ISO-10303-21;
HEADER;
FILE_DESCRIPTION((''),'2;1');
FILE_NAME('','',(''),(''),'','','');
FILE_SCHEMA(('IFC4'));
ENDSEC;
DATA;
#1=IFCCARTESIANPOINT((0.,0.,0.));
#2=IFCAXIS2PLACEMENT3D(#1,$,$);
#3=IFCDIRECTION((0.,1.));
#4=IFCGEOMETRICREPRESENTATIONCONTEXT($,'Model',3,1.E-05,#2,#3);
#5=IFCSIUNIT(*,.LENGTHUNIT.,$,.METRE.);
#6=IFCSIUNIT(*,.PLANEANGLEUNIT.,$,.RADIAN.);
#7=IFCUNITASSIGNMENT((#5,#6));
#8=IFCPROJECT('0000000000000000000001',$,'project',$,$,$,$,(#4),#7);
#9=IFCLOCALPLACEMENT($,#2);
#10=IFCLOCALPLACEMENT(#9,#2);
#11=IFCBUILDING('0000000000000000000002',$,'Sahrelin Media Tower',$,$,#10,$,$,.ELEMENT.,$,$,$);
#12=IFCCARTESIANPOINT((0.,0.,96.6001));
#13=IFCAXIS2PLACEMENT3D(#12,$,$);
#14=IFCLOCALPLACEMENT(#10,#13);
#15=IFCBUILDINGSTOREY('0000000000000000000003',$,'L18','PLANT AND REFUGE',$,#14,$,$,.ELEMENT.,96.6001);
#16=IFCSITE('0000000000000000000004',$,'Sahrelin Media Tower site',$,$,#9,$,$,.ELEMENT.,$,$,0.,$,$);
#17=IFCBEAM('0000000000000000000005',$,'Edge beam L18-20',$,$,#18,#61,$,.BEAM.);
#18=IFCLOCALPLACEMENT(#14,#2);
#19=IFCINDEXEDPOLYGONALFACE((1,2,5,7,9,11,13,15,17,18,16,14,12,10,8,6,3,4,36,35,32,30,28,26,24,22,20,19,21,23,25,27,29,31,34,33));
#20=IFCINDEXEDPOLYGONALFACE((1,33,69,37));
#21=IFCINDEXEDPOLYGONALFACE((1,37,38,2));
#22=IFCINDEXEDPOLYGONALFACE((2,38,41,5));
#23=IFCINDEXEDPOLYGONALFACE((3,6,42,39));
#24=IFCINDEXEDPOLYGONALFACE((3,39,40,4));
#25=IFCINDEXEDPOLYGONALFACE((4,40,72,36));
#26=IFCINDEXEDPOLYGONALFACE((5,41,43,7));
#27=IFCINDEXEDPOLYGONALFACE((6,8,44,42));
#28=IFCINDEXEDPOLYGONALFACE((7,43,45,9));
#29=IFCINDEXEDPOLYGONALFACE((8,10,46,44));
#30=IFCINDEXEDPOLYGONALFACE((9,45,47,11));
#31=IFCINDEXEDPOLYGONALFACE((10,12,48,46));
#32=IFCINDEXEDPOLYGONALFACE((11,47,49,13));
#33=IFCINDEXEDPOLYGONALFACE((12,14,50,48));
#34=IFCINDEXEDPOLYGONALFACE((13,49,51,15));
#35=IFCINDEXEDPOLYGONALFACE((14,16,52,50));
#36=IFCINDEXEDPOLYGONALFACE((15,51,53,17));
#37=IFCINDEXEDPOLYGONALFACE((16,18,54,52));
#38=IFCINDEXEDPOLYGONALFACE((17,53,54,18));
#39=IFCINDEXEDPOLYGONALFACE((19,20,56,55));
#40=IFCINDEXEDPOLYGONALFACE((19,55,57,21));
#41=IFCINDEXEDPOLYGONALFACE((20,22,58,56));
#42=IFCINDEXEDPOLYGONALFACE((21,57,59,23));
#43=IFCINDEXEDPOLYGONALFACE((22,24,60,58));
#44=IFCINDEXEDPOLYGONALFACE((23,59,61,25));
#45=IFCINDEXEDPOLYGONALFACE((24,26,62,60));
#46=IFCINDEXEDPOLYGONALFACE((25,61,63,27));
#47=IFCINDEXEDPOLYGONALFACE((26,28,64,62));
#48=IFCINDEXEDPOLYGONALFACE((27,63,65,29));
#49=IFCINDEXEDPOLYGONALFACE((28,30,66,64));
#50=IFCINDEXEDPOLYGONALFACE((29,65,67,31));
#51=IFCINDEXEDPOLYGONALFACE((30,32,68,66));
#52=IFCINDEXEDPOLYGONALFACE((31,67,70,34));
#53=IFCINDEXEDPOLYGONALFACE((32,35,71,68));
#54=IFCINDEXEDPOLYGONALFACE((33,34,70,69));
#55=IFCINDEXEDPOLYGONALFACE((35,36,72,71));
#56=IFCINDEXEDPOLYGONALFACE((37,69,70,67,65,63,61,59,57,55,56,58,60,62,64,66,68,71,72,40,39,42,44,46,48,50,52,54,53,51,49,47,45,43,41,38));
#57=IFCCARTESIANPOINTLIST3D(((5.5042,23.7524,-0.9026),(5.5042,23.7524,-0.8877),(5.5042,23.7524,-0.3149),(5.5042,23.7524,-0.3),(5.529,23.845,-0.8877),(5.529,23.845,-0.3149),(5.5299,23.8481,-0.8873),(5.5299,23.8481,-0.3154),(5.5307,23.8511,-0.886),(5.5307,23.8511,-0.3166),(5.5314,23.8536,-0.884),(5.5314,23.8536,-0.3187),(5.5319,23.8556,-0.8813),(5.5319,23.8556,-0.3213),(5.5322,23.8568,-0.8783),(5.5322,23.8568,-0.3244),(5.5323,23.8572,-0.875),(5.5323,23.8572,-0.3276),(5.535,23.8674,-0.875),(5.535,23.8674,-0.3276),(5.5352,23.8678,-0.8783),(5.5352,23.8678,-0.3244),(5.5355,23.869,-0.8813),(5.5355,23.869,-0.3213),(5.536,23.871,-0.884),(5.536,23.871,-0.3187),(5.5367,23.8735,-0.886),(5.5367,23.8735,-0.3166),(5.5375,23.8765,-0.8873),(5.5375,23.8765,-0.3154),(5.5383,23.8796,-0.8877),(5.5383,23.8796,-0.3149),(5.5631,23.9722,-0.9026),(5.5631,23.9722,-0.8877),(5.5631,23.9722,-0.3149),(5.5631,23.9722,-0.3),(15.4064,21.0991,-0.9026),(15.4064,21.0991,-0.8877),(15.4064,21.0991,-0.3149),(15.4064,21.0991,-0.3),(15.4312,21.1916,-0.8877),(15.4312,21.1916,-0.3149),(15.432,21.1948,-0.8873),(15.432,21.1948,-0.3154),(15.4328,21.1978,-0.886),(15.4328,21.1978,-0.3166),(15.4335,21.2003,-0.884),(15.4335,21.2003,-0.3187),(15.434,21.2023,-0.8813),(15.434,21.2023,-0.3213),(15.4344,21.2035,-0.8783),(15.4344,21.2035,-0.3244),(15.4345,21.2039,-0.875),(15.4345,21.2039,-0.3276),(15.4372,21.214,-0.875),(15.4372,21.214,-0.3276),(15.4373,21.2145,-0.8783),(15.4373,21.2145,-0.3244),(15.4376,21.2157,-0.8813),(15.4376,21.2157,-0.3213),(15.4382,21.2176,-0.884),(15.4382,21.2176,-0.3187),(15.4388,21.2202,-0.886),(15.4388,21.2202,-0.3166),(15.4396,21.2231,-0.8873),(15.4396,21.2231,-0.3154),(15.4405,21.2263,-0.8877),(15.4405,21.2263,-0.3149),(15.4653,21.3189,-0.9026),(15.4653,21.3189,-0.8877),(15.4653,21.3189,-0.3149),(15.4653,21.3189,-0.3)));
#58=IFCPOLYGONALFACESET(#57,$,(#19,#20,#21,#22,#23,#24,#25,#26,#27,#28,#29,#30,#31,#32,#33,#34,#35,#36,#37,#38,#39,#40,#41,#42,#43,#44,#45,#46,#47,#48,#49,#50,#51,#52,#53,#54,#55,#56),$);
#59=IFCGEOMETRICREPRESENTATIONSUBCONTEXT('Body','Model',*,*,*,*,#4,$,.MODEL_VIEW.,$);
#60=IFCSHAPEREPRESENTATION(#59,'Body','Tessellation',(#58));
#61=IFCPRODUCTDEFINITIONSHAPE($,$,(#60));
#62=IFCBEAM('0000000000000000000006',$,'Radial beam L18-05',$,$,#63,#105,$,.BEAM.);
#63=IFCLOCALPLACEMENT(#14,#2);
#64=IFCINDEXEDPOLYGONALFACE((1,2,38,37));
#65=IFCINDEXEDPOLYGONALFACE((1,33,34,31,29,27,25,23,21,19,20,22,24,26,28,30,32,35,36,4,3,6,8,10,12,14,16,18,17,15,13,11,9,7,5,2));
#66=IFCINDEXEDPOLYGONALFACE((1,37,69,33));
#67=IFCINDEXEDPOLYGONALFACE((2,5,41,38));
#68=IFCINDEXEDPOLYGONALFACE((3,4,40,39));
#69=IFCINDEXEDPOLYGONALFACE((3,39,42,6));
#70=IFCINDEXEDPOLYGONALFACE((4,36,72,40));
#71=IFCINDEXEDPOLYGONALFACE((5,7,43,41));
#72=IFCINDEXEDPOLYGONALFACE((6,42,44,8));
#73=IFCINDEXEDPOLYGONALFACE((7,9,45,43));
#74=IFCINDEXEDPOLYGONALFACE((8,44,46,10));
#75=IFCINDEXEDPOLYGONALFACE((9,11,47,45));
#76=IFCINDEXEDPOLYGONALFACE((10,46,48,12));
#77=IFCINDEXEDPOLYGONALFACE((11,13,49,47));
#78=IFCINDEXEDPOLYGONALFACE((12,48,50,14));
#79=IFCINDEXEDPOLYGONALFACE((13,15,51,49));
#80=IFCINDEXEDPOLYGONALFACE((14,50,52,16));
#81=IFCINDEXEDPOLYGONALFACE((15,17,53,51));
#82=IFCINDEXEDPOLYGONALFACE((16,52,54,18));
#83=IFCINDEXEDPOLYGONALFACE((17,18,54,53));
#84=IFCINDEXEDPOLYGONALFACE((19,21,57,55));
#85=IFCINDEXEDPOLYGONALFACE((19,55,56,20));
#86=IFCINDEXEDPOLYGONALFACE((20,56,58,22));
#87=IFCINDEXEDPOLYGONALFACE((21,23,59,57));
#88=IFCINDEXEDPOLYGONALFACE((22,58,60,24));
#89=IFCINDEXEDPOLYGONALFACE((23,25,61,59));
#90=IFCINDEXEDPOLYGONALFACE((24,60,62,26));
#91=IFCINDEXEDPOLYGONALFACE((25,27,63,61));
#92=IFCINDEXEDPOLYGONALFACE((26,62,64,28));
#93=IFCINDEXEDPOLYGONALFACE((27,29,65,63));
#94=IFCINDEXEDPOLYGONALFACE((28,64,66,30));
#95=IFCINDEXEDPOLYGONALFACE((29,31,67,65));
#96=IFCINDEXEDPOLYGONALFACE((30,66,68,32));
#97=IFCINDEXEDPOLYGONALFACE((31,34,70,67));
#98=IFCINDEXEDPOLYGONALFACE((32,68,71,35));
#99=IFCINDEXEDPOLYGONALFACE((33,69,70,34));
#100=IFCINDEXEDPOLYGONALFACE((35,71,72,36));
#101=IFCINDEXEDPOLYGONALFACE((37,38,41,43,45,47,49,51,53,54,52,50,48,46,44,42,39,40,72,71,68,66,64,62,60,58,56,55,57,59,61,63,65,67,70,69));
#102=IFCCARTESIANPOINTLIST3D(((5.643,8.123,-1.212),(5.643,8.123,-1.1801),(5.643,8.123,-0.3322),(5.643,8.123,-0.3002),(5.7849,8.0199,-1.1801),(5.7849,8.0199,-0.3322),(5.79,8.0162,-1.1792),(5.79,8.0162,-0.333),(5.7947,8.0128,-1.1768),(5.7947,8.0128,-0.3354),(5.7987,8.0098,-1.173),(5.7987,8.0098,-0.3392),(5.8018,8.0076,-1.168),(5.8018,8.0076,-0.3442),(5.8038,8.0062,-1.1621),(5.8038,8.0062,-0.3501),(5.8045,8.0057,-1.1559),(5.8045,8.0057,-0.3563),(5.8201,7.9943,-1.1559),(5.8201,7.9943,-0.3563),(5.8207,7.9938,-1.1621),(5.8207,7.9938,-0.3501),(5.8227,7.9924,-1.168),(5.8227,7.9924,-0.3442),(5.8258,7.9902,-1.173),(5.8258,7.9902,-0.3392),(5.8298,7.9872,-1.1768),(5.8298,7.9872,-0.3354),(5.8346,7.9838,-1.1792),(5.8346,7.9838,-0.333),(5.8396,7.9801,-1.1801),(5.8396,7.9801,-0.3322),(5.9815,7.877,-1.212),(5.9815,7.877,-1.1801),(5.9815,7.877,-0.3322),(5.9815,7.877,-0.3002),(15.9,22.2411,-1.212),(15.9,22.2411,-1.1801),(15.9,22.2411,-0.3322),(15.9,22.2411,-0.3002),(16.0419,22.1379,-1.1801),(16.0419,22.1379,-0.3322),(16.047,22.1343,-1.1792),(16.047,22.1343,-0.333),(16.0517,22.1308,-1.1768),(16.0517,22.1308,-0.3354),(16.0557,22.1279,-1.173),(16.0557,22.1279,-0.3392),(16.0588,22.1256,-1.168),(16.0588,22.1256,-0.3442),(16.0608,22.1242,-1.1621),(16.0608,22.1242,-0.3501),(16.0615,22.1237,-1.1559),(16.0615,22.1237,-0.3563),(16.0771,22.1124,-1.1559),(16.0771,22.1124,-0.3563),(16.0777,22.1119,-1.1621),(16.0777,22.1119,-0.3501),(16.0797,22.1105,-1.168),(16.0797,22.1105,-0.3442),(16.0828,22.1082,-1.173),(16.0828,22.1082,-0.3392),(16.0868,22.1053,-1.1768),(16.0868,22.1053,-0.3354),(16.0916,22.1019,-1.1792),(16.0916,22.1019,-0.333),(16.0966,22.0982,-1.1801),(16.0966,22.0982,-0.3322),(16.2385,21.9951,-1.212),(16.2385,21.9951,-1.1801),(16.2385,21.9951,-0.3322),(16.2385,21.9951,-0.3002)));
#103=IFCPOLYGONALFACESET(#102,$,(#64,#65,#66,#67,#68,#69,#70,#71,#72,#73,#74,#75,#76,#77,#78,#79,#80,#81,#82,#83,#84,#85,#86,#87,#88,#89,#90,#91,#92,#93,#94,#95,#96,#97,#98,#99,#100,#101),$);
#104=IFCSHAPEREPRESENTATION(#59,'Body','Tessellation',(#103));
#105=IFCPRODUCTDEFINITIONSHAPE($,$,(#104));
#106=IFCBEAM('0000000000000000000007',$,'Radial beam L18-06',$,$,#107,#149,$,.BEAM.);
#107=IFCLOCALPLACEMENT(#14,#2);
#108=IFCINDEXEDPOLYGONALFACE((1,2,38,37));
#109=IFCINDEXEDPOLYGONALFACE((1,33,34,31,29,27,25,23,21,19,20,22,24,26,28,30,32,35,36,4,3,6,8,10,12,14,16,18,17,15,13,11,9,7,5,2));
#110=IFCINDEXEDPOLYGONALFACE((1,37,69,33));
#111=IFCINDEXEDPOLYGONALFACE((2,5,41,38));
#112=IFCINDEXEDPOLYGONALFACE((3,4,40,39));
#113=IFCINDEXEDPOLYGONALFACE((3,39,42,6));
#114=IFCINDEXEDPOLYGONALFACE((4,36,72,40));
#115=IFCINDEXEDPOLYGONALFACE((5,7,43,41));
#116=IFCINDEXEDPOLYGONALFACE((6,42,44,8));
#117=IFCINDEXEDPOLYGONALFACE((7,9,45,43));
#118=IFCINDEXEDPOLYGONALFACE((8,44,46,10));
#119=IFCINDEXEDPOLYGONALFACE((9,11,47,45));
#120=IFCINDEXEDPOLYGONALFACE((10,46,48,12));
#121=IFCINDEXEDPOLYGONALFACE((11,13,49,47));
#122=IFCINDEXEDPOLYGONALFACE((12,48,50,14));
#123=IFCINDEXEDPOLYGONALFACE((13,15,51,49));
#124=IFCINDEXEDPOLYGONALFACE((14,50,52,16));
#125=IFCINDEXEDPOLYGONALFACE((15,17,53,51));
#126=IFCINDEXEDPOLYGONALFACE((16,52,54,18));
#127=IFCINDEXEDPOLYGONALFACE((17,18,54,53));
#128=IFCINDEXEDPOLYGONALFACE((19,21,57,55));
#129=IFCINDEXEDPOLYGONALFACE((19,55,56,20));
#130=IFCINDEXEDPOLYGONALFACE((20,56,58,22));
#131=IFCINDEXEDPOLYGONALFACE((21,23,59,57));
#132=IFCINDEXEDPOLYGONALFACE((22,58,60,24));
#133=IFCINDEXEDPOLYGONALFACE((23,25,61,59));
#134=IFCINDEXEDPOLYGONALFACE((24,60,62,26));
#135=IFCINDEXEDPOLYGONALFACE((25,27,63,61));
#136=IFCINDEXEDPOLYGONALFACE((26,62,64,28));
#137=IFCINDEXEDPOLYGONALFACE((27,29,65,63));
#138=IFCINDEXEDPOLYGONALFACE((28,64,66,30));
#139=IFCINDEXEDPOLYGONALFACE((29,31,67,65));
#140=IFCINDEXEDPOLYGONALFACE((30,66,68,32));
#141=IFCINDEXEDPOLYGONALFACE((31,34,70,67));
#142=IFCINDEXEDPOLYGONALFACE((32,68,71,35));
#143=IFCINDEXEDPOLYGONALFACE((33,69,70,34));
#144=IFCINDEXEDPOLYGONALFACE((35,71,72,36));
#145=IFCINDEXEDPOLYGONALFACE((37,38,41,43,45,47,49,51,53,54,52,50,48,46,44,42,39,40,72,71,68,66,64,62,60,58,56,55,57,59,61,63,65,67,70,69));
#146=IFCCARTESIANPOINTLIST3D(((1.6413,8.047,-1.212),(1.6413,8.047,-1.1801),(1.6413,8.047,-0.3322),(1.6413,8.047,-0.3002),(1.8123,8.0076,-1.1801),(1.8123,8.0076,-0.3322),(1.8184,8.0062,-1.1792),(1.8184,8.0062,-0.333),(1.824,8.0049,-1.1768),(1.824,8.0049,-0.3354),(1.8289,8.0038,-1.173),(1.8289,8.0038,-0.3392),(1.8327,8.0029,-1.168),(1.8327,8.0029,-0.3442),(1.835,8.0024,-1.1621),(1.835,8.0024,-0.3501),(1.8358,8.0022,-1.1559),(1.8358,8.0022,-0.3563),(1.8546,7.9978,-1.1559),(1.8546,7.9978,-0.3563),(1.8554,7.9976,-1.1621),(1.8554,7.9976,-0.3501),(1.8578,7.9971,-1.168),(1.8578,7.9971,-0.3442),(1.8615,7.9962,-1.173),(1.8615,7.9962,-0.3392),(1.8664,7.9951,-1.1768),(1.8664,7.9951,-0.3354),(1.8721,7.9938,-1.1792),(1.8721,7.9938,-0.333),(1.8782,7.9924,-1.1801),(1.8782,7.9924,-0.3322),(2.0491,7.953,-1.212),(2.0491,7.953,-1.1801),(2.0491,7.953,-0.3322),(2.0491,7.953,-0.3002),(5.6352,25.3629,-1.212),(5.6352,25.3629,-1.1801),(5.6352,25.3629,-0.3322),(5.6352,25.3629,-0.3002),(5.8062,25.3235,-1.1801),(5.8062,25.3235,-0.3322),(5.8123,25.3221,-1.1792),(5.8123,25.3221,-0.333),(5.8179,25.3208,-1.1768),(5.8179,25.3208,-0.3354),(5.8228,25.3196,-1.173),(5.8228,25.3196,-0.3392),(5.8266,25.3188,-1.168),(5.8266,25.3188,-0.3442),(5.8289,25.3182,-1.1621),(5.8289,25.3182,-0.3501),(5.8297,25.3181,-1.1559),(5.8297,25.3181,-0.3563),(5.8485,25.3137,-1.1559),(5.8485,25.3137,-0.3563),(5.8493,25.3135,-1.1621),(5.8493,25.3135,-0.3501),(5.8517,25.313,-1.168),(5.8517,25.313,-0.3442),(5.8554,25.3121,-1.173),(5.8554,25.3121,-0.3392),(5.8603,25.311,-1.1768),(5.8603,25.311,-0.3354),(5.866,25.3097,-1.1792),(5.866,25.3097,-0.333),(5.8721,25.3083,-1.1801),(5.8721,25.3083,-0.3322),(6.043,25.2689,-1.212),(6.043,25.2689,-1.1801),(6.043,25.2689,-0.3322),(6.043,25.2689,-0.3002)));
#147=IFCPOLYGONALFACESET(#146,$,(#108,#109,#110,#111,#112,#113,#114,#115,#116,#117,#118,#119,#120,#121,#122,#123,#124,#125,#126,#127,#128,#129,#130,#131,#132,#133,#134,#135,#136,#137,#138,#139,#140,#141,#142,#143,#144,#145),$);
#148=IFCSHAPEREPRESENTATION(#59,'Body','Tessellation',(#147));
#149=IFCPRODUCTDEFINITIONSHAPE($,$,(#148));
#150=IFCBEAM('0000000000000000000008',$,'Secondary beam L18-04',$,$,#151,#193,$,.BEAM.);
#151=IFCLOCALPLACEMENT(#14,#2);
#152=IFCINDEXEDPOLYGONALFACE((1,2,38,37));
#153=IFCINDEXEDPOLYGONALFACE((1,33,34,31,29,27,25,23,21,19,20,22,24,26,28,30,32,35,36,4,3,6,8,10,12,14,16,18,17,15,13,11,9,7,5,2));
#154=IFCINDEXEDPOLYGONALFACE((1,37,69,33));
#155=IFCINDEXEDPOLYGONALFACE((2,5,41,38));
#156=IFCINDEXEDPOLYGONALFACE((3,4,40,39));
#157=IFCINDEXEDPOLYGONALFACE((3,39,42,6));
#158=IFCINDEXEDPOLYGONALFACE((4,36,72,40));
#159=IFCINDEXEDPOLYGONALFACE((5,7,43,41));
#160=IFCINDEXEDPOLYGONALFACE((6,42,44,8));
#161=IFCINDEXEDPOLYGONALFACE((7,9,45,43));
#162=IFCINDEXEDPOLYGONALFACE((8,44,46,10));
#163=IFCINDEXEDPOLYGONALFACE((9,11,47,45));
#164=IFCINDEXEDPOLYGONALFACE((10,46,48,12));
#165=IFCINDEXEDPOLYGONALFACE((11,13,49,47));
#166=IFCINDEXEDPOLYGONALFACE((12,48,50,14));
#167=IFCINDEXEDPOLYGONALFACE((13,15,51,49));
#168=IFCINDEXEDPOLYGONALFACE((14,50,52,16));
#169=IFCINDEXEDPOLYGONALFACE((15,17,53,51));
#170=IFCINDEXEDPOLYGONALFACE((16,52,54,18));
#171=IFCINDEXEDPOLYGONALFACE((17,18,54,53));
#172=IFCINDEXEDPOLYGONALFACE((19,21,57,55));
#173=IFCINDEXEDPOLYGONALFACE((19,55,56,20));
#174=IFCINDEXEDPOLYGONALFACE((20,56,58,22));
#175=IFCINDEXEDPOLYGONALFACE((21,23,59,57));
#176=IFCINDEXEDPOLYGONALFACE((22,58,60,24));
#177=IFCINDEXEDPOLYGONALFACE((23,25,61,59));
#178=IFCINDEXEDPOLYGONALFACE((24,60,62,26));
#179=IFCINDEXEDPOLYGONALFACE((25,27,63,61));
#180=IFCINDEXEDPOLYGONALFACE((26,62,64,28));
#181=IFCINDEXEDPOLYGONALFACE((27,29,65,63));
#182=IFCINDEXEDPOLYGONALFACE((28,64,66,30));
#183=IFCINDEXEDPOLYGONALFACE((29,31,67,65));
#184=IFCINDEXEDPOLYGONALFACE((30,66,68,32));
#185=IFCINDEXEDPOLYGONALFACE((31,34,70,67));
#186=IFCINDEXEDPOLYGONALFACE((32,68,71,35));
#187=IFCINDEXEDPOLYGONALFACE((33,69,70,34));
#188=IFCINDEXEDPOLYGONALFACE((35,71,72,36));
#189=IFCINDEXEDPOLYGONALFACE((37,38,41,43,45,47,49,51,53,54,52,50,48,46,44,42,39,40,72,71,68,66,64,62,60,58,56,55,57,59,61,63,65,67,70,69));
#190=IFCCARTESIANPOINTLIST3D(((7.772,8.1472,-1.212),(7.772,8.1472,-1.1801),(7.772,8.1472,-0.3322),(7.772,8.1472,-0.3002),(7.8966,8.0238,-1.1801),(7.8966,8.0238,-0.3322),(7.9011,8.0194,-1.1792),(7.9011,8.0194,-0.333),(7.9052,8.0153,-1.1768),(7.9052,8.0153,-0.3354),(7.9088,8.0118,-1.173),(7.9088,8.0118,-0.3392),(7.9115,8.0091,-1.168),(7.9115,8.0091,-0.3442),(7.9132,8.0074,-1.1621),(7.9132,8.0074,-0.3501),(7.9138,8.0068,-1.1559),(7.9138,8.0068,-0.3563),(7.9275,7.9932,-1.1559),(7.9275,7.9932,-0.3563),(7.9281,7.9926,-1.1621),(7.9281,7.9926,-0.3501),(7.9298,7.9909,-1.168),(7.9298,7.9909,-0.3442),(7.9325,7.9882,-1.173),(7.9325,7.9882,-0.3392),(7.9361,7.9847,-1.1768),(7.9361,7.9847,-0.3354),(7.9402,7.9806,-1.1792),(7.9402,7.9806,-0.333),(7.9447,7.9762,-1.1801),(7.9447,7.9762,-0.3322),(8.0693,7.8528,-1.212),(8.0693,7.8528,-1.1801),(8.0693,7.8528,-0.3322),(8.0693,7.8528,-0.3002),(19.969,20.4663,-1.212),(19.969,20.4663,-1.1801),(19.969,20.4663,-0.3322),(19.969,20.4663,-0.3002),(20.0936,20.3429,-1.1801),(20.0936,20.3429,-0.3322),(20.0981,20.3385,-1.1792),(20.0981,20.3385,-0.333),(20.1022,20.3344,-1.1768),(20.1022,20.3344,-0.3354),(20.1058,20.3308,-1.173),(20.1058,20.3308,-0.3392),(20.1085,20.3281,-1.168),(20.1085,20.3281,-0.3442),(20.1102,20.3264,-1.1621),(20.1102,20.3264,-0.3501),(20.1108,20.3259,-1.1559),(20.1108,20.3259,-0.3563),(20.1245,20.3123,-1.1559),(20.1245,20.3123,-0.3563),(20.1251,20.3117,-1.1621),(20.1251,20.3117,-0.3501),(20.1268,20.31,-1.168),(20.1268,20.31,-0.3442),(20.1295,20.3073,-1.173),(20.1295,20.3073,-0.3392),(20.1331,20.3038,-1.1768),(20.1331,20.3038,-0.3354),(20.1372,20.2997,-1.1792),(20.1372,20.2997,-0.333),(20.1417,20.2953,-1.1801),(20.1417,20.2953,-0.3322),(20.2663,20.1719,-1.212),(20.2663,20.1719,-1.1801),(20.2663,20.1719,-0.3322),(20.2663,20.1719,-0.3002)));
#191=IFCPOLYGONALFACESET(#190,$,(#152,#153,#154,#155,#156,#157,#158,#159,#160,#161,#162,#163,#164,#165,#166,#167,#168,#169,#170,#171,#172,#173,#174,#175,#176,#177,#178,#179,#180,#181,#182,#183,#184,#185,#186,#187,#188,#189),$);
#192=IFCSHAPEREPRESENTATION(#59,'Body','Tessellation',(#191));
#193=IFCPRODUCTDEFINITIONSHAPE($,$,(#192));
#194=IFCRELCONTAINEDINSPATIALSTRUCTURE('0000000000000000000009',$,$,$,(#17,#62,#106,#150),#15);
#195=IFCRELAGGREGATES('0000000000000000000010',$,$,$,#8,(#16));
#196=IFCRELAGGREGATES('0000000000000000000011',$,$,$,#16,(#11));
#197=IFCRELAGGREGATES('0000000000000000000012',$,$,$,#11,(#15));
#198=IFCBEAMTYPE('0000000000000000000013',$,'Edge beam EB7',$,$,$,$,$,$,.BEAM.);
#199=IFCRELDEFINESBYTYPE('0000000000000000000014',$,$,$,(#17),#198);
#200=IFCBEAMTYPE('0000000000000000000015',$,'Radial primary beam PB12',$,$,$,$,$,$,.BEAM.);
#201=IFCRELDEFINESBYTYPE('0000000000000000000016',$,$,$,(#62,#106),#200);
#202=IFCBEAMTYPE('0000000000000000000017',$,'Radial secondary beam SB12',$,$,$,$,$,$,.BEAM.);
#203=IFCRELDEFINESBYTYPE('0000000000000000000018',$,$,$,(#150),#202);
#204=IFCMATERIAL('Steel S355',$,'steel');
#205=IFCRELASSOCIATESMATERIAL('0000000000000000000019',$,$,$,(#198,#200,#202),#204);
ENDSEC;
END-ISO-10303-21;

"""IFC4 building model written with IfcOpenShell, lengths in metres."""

from ifc_helpers import new_model, si_unit, direction, frame, origin, origin_2d, place, context, subcontext, project, spatial, i_section, extrude, material, material_profile, profile_set, type_object, element, save


model = new_model("IFC4")

# Units and contexts
model_context = context("Model", 3, precision=1e-05, world=origin(), true_north=direction((0.0, 1.0)))
body_context = subcontext(model_context, "Body", "Model", "MODEL_VIEW")
ifc_project = project(units=[si_unit("LENGTHUNIT", "METRE"), si_unit("PLANEANGLEUNIT", "RADIAN")], contexts=[model_context])

# Site, building, storey
site_placement = place(None, origin())
site = spatial("IfcSite", under=ifc_project, at=site_placement, Name="Sahrelin Media Tower site", CompositionType="ELEMENT", RefElevation=0.0)
building_placement = place(site_placement, origin())
building = spatial("IfcBuilding", under=site, at=building_placement, Name="Sahrelin Media Tower", CompositionType="ELEMENT")
storey_placement = place(building_placement, frame((0.0, 0.0, 96.6001)))
storey = spatial("IfcBuildingStorey", under=building, at=storey_placement, Name="L18", Description="PLANT AND REFUGE", CompositionType="ELEMENT", Elevation=96.6001)

# Beams
ifc_material_1 = material(Name="Steel S355", Category="steel")
ifc_material_profile_1 = material_profile(ifc_material_1, i_section(OverallWidth=0.2275, OverallDepth=0.6025, WebThickness=0.0105, FlangeThickness=0.0149, FilletRadius=0.0127, at=origin_2d()), Name="UB 610x229x101")
ifc_profile_set_1 = profile_set([ifc_material_profile_1], Name="Steel S355")
beam_type_1 = type_object("IfcBeamType", Name="Edge beam EB7", PredefinedType="BEAM", material=ifc_profile_set_1)
beam_1_placement = place(storey_placement, frame((5.5337, 23.8623, -0.6013), z_axis=(0.965924, -0.258825, 0.0), x_axis=(0.258825, 0.965924, 0.0)))
element("IfcBeam", 1, at=beam_1_placement, inside=storey, type_object=beam_type_1, Name="Edge beam L18-20", PredefinedType="BEAM", context=body_context, shape_type="SweptSolid", body=[
    extrude(i_section(OverallWidth=0.2275, OverallDepth=0.6025, WebThickness=0.0105, FlangeThickness=0.0149, FilletRadius=0.0127, at=origin_2d()), origin(), (0.0, 0.0, 1.0), 10.2515),
])
ifc_material_profile_2 = material_profile(ifc_material_1, i_section(OverallWidth=0.4185, OverallDepth=0.9119, WebThickness=0.0193, FlangeThickness=0.032, FilletRadius=0.0242, at=origin_2d()), Name="UB 914x419x343")
ifc_profile_set_2 = profile_set([ifc_material_profile_2], Name="Steel S355")
beam_type_2 = type_object("IfcBeamType", Name="Radial primary beam PB12", PredefinedType="BEAM", material=ifc_profile_set_2)
beam_2_placement = place(storey_placement, frame((5.8123, 8.0, -0.7561), z_axis=(0.587772, 0.809027, 0.0), x_axis=(-0.809027, 0.587772, 0.0)))
element("IfcBeam", 2, at=beam_2_placement, inside=storey, type_object=beam_type_2, Name="Radial beam L18-05", PredefinedType="BEAM", context=body_context, shape_type="SweptSolid", body=[
    extrude(i_section(OverallWidth=0.4185, OverallDepth=0.9119, WebThickness=0.0193, FlangeThickness=0.032, FilletRadius=0.0242, at=origin_2d()), origin(), (0.0, 0.0, 1.0), 17.4507),
])
beam_3_placement = place(storey_placement, frame((1.8452, 8.0, -0.7561), z_axis=(0.224748, 0.974417, 0.0), x_axis=(-0.974417, 0.224748, 0.0)))
element("IfcBeam", 3, at=beam_3_placement, inside=storey, type_object=beam_type_2, Name="Radial beam L18-06", PredefinedType="BEAM", context=body_context, shape_type="SweptSolid", body=[
    extrude(i_section(OverallWidth=0.4185, OverallDepth=0.9119, WebThickness=0.0193, FlangeThickness=0.032, FilletRadius=0.0242, at=origin_2d()), origin(), (0.0, 0.0, 1.0), 17.7705),
])
ifc_material_profile_3 = material_profile(ifc_material_1, i_section(OverallWidth=0.4185, OverallDepth=0.9119, WebThickness=0.0193, FlangeThickness=0.032, FilletRadius=0.0242, at=origin_2d()), Name="UB 914x419x343")
ifc_profile_set_3 = profile_set([ifc_material_profile_3], Name="Steel S355")
beam_type_3 = type_object("IfcBeamType", Name="Radial secondary beam SB12", PredefinedType="BEAM", material=ifc_profile_set_3)
beam_4_placement = place(storey_placement, frame((7.9207, 8.0, -0.7561), z_axis=(0.703577, 0.710619, 0.0), x_axis=(-0.710619, 0.703577, 0.0)))
element("IfcBeam", 4, at=beam_4_placement, inside=storey, type_object=beam_type_3, Name="Secondary beam L18-04", PredefinedType="BEAM", context=body_context, shape_type="SweptSolid", body=[
    extrude(i_section(OverallWidth=0.4185, OverallDepth=0.9119, WebThickness=0.0193, FlangeThickness=0.032, FilletRadius=0.0242, at=origin_2d()), origin(), (0.0, 0.0, 1.0), 17.3357),
])

save(model, "model.ifc")
